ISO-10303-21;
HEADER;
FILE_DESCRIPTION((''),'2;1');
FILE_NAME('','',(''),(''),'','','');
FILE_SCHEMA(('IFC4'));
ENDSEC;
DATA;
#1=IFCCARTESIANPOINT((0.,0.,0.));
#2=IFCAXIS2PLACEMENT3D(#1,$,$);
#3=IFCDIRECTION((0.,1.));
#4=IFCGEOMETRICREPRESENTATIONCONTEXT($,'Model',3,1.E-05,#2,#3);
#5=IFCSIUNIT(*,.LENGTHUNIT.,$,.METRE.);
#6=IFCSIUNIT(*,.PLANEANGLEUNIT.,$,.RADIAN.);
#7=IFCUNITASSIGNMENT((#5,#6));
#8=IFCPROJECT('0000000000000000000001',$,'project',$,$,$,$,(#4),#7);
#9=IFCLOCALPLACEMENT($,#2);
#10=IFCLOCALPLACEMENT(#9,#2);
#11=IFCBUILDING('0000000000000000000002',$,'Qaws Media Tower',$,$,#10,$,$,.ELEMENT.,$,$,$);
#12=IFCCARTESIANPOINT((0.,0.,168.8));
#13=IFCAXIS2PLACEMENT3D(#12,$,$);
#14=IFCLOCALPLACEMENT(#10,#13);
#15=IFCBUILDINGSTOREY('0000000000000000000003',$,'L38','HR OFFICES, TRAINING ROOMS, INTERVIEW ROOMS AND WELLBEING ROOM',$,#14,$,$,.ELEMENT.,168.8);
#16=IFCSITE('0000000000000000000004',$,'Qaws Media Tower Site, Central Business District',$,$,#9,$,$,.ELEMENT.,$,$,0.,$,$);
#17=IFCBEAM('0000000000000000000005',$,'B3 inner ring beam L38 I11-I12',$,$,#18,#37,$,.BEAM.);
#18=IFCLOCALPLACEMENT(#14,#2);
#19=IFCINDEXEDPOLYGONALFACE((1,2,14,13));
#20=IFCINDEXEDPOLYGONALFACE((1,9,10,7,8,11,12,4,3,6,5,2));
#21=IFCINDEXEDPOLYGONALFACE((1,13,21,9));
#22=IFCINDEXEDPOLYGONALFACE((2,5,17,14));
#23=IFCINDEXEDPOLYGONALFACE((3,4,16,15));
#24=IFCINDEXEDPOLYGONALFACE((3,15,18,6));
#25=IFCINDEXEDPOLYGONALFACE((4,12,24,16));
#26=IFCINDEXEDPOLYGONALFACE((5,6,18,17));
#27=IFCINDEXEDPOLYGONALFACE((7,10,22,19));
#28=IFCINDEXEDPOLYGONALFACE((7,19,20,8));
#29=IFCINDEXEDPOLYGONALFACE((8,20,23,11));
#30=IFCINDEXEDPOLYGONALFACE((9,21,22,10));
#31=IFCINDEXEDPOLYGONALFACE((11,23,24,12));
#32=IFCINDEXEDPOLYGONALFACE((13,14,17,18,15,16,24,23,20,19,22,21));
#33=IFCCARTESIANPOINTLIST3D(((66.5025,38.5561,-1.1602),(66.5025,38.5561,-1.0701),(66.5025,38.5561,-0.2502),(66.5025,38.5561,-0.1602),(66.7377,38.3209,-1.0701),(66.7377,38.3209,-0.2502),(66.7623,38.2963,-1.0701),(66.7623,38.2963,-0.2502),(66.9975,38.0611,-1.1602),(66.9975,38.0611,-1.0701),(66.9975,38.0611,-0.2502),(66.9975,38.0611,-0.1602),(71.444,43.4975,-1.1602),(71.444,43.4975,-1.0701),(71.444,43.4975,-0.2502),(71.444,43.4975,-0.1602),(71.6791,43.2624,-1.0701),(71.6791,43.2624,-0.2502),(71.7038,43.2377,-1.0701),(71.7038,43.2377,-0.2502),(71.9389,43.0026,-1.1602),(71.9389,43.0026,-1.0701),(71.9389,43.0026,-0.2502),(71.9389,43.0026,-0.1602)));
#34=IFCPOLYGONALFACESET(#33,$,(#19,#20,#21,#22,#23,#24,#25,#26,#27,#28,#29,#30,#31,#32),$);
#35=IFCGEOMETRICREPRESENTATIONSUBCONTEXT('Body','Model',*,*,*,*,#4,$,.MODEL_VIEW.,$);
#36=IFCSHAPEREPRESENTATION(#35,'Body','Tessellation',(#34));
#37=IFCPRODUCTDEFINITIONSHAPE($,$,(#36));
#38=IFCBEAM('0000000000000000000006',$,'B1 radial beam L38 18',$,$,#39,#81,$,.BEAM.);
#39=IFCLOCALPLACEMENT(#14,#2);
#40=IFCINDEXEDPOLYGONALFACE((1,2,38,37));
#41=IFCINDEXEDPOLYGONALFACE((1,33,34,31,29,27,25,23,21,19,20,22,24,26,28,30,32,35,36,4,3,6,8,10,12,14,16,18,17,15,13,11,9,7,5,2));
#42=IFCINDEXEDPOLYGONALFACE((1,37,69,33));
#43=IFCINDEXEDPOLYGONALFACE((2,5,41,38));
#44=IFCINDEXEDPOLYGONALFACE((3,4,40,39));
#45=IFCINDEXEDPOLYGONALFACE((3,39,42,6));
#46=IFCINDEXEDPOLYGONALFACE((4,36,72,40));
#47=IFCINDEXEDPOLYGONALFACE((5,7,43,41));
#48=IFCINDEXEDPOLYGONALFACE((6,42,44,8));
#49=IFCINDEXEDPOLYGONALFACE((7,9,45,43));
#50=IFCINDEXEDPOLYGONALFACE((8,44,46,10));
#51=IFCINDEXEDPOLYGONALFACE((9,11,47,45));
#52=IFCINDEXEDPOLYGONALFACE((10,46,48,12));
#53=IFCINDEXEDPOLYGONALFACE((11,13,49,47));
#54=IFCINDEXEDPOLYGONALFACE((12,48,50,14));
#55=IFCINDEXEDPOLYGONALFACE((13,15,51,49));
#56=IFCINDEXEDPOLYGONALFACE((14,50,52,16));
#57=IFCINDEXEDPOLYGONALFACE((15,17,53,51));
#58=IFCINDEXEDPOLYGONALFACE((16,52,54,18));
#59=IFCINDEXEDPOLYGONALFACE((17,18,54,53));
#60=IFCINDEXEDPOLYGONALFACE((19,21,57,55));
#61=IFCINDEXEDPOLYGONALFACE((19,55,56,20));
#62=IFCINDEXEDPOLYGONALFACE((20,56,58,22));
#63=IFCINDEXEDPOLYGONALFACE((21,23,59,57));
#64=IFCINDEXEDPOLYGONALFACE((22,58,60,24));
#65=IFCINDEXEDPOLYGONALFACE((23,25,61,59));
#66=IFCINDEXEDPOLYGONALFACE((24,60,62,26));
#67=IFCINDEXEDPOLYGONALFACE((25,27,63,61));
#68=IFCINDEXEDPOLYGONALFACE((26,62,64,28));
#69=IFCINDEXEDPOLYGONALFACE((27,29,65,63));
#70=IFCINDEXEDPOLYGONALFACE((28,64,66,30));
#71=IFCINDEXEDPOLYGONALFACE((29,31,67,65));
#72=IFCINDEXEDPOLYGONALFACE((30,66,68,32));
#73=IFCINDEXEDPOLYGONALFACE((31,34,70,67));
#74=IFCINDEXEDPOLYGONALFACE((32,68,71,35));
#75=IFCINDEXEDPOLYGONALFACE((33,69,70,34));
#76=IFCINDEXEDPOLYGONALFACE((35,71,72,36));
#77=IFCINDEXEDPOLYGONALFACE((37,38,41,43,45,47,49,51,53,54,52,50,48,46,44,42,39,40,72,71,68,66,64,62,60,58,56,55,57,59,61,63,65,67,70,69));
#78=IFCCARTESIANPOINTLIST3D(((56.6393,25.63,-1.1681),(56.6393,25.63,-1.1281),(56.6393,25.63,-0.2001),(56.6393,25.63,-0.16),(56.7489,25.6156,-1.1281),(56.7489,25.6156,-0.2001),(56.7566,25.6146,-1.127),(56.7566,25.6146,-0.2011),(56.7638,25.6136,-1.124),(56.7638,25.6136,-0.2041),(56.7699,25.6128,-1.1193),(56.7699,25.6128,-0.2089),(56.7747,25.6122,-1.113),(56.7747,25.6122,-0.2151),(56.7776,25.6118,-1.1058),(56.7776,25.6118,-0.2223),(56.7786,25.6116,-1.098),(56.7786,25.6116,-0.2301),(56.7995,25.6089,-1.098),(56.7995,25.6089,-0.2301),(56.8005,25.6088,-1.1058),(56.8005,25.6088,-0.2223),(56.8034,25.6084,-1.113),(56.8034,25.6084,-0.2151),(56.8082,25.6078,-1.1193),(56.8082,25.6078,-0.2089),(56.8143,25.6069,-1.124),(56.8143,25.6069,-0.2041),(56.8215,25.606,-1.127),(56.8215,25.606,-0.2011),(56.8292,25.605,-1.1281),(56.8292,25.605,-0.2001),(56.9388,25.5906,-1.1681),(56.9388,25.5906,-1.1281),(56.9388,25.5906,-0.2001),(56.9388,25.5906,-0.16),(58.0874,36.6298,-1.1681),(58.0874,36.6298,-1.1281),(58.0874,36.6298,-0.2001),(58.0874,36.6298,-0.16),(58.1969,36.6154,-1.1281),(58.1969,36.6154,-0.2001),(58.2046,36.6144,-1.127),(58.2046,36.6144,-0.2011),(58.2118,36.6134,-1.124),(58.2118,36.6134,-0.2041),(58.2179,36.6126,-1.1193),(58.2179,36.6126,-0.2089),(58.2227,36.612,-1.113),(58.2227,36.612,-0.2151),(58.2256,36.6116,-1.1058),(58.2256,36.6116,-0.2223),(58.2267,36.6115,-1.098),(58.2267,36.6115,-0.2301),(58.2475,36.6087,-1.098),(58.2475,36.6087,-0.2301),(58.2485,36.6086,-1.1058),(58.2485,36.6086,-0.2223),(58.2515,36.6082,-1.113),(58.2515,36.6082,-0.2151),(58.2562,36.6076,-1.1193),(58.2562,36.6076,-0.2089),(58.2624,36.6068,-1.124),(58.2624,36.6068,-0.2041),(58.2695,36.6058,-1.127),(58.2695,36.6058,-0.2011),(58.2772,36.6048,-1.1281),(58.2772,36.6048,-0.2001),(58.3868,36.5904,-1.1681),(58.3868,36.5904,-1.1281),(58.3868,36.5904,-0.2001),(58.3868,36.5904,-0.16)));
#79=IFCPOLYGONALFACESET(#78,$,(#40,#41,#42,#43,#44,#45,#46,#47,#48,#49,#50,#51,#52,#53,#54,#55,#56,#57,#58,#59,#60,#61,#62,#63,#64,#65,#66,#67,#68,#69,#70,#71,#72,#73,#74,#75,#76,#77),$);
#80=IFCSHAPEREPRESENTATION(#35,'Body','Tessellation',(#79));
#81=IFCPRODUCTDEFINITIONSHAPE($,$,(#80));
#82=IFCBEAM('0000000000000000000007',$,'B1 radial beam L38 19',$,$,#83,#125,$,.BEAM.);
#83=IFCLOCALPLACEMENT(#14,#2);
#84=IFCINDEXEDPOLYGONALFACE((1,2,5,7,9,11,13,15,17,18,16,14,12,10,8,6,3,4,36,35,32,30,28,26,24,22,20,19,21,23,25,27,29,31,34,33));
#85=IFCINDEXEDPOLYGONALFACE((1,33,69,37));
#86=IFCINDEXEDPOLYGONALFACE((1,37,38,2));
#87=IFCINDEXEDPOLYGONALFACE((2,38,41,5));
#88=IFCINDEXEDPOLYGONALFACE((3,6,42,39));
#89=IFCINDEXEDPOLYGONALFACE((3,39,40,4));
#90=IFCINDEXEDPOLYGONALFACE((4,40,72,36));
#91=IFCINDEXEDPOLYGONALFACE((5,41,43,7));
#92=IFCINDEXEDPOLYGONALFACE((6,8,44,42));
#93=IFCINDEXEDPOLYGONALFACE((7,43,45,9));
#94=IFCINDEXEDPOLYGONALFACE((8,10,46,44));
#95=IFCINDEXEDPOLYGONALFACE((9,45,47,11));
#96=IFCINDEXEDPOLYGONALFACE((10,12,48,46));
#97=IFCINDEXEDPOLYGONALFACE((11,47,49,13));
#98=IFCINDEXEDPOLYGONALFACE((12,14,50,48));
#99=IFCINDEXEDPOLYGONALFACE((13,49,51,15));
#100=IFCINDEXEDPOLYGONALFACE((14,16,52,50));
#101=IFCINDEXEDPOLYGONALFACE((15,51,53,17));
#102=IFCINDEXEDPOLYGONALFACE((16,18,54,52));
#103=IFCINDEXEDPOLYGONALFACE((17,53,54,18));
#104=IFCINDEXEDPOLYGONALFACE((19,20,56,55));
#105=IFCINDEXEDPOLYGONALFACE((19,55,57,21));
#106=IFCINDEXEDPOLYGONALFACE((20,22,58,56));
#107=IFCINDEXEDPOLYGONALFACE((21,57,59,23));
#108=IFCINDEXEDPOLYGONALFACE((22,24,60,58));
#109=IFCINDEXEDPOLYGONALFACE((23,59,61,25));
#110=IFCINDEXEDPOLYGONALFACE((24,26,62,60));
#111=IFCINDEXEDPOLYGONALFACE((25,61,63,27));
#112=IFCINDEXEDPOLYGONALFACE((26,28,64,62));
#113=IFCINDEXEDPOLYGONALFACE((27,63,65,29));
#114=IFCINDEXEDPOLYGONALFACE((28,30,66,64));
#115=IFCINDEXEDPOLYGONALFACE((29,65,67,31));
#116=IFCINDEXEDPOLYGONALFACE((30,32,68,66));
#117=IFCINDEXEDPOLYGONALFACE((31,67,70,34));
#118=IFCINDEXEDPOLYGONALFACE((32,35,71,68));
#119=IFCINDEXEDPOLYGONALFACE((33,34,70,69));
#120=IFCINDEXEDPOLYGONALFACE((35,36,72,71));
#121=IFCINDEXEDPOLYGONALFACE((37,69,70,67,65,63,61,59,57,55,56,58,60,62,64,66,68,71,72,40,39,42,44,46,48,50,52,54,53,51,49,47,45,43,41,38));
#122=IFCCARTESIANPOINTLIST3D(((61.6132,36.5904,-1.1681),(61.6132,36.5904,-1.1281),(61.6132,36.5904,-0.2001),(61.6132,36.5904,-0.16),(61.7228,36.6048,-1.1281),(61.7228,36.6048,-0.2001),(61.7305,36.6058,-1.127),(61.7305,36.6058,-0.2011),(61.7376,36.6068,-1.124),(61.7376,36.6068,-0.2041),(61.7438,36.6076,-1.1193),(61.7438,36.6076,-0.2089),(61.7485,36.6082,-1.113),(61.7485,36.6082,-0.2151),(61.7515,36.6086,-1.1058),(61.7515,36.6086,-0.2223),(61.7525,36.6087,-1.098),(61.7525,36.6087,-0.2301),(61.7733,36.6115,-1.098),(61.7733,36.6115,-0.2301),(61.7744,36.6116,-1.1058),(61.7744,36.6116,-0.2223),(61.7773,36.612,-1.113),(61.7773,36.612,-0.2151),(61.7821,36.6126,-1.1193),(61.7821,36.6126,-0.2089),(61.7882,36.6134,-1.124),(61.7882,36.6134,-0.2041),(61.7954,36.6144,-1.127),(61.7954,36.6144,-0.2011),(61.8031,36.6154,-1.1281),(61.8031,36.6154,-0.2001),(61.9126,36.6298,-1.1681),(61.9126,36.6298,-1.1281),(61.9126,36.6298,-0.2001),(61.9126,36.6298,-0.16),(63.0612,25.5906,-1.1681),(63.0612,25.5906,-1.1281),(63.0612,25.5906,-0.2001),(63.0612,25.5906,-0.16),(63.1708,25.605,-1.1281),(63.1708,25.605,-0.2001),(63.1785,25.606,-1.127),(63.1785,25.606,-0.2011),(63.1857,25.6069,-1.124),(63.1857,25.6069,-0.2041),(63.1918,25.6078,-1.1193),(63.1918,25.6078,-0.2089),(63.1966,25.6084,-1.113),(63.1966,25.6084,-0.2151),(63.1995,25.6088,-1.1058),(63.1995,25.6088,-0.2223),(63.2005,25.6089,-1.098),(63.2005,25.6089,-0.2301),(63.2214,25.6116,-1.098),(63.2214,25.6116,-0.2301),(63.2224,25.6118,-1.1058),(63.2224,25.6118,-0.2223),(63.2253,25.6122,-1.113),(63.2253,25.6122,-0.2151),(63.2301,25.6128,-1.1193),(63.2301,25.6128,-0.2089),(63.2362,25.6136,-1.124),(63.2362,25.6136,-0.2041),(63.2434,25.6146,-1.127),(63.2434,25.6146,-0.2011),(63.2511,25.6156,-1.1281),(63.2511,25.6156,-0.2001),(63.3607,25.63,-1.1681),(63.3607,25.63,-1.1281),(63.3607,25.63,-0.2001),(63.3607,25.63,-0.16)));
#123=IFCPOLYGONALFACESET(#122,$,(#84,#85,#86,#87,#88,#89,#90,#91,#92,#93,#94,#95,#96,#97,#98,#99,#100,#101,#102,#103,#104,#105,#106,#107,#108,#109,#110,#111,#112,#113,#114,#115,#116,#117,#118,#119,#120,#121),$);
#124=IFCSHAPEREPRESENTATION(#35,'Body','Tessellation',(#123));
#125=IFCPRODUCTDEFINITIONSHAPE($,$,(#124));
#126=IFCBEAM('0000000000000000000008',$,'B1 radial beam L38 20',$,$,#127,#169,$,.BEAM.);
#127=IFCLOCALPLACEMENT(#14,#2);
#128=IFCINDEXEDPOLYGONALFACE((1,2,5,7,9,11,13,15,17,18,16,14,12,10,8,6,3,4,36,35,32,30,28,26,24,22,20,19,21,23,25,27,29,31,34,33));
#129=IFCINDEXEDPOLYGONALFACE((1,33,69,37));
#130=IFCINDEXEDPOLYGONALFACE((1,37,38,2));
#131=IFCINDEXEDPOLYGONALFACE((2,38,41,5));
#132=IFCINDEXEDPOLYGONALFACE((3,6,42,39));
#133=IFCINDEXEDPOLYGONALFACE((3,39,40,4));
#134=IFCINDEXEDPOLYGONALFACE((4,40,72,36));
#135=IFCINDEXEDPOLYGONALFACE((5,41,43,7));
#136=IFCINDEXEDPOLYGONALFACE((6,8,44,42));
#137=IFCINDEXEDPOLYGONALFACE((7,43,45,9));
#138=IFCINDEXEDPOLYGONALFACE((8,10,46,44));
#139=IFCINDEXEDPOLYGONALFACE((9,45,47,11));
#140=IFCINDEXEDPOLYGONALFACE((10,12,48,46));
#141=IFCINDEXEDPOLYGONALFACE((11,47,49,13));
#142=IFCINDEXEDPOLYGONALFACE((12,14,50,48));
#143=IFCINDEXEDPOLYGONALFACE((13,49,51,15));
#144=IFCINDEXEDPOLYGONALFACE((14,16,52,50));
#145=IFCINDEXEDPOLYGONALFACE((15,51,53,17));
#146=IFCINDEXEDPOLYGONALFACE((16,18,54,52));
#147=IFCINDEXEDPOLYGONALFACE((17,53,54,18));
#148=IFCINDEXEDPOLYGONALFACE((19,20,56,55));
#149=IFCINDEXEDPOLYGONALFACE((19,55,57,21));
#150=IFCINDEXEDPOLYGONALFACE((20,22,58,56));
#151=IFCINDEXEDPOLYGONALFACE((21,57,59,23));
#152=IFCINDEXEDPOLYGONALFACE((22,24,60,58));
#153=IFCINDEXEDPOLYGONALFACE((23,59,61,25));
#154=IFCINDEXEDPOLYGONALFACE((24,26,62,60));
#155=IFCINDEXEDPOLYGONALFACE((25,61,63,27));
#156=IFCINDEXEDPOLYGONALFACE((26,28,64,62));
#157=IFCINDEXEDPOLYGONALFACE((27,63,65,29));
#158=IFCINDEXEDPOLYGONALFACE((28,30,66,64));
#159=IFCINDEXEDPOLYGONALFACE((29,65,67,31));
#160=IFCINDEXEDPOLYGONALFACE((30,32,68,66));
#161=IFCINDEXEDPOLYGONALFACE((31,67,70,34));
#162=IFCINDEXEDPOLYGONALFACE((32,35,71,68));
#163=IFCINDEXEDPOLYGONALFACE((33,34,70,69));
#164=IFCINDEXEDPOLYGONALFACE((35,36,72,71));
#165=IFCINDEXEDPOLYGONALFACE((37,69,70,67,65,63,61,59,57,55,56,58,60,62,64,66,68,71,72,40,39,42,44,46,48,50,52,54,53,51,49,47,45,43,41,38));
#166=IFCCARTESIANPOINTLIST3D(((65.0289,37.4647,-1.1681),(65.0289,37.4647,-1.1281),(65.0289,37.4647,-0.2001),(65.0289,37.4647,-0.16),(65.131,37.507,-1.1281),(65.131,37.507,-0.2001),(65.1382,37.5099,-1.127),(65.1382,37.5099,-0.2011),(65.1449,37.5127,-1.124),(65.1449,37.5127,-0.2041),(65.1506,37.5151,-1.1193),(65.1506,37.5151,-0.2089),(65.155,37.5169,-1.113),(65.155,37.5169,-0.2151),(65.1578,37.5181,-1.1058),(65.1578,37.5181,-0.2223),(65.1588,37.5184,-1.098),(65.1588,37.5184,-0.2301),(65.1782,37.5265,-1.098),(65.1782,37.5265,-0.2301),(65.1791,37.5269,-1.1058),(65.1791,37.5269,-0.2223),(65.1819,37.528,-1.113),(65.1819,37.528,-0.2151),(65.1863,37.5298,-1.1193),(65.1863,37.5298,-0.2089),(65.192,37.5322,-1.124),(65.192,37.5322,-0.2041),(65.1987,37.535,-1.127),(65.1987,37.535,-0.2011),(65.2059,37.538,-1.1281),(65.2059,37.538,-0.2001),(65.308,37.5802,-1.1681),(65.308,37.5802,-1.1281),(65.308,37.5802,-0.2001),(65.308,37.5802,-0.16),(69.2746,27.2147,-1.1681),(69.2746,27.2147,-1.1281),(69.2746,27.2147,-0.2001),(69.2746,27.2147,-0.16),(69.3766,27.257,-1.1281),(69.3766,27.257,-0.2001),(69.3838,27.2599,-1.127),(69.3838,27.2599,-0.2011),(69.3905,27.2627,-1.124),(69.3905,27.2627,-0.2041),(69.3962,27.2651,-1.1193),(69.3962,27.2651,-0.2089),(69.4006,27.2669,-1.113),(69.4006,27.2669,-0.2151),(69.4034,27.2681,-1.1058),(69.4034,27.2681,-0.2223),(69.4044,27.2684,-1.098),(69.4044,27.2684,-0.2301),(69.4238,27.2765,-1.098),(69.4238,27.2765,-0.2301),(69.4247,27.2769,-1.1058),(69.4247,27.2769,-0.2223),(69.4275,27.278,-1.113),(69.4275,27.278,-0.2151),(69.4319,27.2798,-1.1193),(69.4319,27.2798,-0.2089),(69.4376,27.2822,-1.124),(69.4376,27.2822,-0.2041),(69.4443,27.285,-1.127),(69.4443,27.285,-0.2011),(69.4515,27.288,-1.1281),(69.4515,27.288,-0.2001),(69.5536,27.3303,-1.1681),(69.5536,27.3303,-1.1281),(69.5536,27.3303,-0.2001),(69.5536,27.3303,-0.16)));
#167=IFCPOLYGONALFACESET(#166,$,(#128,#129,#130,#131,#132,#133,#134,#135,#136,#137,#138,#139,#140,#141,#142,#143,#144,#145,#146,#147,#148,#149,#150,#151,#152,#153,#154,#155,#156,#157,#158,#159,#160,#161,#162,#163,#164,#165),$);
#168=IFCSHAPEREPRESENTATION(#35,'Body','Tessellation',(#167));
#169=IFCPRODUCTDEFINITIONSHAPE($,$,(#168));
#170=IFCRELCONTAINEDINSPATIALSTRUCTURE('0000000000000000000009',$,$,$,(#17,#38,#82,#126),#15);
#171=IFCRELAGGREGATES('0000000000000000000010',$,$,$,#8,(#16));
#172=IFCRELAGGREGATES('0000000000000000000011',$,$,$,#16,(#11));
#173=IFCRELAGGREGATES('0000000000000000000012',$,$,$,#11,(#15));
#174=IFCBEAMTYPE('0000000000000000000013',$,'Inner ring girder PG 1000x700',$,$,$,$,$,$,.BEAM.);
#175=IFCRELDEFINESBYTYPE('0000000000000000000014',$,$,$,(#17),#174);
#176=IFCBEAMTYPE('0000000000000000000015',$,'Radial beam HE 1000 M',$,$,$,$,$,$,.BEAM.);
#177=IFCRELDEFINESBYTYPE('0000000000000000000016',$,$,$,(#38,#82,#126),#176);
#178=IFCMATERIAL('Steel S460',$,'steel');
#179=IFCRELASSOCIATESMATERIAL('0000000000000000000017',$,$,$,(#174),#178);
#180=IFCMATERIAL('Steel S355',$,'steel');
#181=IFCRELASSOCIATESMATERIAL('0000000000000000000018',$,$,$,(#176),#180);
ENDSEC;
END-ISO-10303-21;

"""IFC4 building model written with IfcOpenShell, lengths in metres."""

from ifc_helpers import new_model, si_unit, direction, frame, origin, origin_2d, place, context, subcontext, project, spatial, i_section, extrude, material, material_profile, profile_set, type_object, element, save


model = new_model("IFC4")

# Units and contexts
model_context = context("Model", 3, precision=1e-05, world=origin(), true_north=direction((0.0, 1.0)))
body_context = subcontext(model_context, "Body", "Model", "MODEL_VIEW")
ifc_project = project(units=[si_unit("LENGTHUNIT", "METRE"), si_unit("PLANEANGLEUNIT", "RADIAN")], contexts=[model_context])

# Site, building, storey
site_placement = place(None, origin())
site = spatial("IfcSite", under=ifc_project, at=site_placement, Name="Qaws Media Tower Site, Central Business District", CompositionType="ELEMENT", RefElevation=0.0)
building_placement = place(site_placement, origin())
building = spatial("IfcBuilding", under=site, at=building_placement, Name="Qaws Media Tower", CompositionType="ELEMENT")
storey_placement = place(building_placement, frame((0.0, 0.0, 168.8)))
storey = spatial("IfcBuildingStorey", under=building, at=storey_placement, Name="L38", Description="HR OFFICES, TRAINING ROOMS, INTERVIEW ROOMS AND WELLBEING ROOM", CompositionType="ELEMENT", Elevation=168.8)

# Beams
ifc_material_1 = material(Name="Steel S460", Category="steel")
ifc_material_profile_1 = material_profile(ifc_material_1, i_section(OverallWidth=0.7, OverallDepth=1.0, WebThickness=0.0349, FlangeThickness=0.0901, at=origin_2d()), Name="PG 1000x700")
ifc_profile_set_1 = profile_set([ifc_material_profile_1], Name="Steel S460")
beam_type_1 = type_object("IfcBeamType", Name="Inner ring girder PG 1000x700", PredefinedType="BEAM", material=ifc_profile_set_1)
beam_1_placement = place(storey_placement, frame((66.75, 38.3086, -0.6602), z_axis=(0.707107, 0.707107, 0.0), x_axis=(-0.707107, 0.707107, 0.0)))
element("IfcBeam", 1, at=beam_1_placement, inside=storey, type_object=beam_type_1, Name="B3 inner ring beam L38 I11-I12", PredefinedType="BEAM", context=body_context, shape_type="SweptSolid", body=[
    extrude(i_section(OverallWidth=0.7, OverallDepth=1.0, WebThickness=0.0349, FlangeThickness=0.0901, at=origin_2d()), origin(), (0.0, 0.0, 1.0), 6.9883),
])
ifc_material_2 = material(Name="Steel S355", Category="steel")
ifc_material_profile_2 = material_profile(ifc_material_2, i_section(OverallWidth=0.302, OverallDepth=1.0081, WebThickness=0.021, FlangeThickness=0.04, FilletRadius=0.03, at=origin_2d()), Name="HE 1000 M")
ifc_profile_set_2 = profile_set([ifc_material_profile_2], Name="Steel S355")
beam_type_2 = type_object("IfcBeamType", Name="Radial beam HE 1000 M", PredefinedType="BEAM", material=ifc_profile_set_2)
for number, where, z_axis, x_axis, name in (
    (2, (58.2371, 36.6101, -0.6641), (-0.130513, -0.991447, 0.0), (0.991447, -0.130513, 0.0), "B1 radial beam L38 18"),
    (3, (61.7629, 36.6101, -0.6641), (0.130513, -0.991447, 0.0), (0.991447, 0.130513, 0.0), "B1 radial beam L38 19"),
):
    element("IfcBeam", number, at=place(storey_placement, frame(where, z_axis=z_axis, x_axis=x_axis)), inside=storey, type_object=beam_type_2, Name=name, PredefinedType="BEAM", context=body_context, shape_type="SweptSolid", body=[
        extrude(i_section(OverallWidth=0.302, OverallDepth=1.0081, WebThickness=0.021, FlangeThickness=0.04, FilletRadius=0.03, at=origin_2d()), origin(), (0.0, 0.0, 1.0), 11.0947),
    ])
beam_2_placement = place(storey_placement, frame((65.1685, 37.5225, -0.6641), z_axis=(0.382677, -0.923882, 0.0), x_axis=(0.923882, 0.382677, 0.0)))
element("IfcBeam", 4, at=beam_2_placement, inside=storey, type_object=beam_type_2, Name="B1 radial beam L38 20", PredefinedType="BEAM", context=body_context, shape_type="SweptSolid", body=[
    extrude(i_section(OverallWidth=0.302, OverallDepth=1.0081, WebThickness=0.021, FlangeThickness=0.04, FilletRadius=0.03, at=origin_2d()), origin(), (0.0, 0.0, 1.0), 11.0945),
])

save(model, "model.ifc")
